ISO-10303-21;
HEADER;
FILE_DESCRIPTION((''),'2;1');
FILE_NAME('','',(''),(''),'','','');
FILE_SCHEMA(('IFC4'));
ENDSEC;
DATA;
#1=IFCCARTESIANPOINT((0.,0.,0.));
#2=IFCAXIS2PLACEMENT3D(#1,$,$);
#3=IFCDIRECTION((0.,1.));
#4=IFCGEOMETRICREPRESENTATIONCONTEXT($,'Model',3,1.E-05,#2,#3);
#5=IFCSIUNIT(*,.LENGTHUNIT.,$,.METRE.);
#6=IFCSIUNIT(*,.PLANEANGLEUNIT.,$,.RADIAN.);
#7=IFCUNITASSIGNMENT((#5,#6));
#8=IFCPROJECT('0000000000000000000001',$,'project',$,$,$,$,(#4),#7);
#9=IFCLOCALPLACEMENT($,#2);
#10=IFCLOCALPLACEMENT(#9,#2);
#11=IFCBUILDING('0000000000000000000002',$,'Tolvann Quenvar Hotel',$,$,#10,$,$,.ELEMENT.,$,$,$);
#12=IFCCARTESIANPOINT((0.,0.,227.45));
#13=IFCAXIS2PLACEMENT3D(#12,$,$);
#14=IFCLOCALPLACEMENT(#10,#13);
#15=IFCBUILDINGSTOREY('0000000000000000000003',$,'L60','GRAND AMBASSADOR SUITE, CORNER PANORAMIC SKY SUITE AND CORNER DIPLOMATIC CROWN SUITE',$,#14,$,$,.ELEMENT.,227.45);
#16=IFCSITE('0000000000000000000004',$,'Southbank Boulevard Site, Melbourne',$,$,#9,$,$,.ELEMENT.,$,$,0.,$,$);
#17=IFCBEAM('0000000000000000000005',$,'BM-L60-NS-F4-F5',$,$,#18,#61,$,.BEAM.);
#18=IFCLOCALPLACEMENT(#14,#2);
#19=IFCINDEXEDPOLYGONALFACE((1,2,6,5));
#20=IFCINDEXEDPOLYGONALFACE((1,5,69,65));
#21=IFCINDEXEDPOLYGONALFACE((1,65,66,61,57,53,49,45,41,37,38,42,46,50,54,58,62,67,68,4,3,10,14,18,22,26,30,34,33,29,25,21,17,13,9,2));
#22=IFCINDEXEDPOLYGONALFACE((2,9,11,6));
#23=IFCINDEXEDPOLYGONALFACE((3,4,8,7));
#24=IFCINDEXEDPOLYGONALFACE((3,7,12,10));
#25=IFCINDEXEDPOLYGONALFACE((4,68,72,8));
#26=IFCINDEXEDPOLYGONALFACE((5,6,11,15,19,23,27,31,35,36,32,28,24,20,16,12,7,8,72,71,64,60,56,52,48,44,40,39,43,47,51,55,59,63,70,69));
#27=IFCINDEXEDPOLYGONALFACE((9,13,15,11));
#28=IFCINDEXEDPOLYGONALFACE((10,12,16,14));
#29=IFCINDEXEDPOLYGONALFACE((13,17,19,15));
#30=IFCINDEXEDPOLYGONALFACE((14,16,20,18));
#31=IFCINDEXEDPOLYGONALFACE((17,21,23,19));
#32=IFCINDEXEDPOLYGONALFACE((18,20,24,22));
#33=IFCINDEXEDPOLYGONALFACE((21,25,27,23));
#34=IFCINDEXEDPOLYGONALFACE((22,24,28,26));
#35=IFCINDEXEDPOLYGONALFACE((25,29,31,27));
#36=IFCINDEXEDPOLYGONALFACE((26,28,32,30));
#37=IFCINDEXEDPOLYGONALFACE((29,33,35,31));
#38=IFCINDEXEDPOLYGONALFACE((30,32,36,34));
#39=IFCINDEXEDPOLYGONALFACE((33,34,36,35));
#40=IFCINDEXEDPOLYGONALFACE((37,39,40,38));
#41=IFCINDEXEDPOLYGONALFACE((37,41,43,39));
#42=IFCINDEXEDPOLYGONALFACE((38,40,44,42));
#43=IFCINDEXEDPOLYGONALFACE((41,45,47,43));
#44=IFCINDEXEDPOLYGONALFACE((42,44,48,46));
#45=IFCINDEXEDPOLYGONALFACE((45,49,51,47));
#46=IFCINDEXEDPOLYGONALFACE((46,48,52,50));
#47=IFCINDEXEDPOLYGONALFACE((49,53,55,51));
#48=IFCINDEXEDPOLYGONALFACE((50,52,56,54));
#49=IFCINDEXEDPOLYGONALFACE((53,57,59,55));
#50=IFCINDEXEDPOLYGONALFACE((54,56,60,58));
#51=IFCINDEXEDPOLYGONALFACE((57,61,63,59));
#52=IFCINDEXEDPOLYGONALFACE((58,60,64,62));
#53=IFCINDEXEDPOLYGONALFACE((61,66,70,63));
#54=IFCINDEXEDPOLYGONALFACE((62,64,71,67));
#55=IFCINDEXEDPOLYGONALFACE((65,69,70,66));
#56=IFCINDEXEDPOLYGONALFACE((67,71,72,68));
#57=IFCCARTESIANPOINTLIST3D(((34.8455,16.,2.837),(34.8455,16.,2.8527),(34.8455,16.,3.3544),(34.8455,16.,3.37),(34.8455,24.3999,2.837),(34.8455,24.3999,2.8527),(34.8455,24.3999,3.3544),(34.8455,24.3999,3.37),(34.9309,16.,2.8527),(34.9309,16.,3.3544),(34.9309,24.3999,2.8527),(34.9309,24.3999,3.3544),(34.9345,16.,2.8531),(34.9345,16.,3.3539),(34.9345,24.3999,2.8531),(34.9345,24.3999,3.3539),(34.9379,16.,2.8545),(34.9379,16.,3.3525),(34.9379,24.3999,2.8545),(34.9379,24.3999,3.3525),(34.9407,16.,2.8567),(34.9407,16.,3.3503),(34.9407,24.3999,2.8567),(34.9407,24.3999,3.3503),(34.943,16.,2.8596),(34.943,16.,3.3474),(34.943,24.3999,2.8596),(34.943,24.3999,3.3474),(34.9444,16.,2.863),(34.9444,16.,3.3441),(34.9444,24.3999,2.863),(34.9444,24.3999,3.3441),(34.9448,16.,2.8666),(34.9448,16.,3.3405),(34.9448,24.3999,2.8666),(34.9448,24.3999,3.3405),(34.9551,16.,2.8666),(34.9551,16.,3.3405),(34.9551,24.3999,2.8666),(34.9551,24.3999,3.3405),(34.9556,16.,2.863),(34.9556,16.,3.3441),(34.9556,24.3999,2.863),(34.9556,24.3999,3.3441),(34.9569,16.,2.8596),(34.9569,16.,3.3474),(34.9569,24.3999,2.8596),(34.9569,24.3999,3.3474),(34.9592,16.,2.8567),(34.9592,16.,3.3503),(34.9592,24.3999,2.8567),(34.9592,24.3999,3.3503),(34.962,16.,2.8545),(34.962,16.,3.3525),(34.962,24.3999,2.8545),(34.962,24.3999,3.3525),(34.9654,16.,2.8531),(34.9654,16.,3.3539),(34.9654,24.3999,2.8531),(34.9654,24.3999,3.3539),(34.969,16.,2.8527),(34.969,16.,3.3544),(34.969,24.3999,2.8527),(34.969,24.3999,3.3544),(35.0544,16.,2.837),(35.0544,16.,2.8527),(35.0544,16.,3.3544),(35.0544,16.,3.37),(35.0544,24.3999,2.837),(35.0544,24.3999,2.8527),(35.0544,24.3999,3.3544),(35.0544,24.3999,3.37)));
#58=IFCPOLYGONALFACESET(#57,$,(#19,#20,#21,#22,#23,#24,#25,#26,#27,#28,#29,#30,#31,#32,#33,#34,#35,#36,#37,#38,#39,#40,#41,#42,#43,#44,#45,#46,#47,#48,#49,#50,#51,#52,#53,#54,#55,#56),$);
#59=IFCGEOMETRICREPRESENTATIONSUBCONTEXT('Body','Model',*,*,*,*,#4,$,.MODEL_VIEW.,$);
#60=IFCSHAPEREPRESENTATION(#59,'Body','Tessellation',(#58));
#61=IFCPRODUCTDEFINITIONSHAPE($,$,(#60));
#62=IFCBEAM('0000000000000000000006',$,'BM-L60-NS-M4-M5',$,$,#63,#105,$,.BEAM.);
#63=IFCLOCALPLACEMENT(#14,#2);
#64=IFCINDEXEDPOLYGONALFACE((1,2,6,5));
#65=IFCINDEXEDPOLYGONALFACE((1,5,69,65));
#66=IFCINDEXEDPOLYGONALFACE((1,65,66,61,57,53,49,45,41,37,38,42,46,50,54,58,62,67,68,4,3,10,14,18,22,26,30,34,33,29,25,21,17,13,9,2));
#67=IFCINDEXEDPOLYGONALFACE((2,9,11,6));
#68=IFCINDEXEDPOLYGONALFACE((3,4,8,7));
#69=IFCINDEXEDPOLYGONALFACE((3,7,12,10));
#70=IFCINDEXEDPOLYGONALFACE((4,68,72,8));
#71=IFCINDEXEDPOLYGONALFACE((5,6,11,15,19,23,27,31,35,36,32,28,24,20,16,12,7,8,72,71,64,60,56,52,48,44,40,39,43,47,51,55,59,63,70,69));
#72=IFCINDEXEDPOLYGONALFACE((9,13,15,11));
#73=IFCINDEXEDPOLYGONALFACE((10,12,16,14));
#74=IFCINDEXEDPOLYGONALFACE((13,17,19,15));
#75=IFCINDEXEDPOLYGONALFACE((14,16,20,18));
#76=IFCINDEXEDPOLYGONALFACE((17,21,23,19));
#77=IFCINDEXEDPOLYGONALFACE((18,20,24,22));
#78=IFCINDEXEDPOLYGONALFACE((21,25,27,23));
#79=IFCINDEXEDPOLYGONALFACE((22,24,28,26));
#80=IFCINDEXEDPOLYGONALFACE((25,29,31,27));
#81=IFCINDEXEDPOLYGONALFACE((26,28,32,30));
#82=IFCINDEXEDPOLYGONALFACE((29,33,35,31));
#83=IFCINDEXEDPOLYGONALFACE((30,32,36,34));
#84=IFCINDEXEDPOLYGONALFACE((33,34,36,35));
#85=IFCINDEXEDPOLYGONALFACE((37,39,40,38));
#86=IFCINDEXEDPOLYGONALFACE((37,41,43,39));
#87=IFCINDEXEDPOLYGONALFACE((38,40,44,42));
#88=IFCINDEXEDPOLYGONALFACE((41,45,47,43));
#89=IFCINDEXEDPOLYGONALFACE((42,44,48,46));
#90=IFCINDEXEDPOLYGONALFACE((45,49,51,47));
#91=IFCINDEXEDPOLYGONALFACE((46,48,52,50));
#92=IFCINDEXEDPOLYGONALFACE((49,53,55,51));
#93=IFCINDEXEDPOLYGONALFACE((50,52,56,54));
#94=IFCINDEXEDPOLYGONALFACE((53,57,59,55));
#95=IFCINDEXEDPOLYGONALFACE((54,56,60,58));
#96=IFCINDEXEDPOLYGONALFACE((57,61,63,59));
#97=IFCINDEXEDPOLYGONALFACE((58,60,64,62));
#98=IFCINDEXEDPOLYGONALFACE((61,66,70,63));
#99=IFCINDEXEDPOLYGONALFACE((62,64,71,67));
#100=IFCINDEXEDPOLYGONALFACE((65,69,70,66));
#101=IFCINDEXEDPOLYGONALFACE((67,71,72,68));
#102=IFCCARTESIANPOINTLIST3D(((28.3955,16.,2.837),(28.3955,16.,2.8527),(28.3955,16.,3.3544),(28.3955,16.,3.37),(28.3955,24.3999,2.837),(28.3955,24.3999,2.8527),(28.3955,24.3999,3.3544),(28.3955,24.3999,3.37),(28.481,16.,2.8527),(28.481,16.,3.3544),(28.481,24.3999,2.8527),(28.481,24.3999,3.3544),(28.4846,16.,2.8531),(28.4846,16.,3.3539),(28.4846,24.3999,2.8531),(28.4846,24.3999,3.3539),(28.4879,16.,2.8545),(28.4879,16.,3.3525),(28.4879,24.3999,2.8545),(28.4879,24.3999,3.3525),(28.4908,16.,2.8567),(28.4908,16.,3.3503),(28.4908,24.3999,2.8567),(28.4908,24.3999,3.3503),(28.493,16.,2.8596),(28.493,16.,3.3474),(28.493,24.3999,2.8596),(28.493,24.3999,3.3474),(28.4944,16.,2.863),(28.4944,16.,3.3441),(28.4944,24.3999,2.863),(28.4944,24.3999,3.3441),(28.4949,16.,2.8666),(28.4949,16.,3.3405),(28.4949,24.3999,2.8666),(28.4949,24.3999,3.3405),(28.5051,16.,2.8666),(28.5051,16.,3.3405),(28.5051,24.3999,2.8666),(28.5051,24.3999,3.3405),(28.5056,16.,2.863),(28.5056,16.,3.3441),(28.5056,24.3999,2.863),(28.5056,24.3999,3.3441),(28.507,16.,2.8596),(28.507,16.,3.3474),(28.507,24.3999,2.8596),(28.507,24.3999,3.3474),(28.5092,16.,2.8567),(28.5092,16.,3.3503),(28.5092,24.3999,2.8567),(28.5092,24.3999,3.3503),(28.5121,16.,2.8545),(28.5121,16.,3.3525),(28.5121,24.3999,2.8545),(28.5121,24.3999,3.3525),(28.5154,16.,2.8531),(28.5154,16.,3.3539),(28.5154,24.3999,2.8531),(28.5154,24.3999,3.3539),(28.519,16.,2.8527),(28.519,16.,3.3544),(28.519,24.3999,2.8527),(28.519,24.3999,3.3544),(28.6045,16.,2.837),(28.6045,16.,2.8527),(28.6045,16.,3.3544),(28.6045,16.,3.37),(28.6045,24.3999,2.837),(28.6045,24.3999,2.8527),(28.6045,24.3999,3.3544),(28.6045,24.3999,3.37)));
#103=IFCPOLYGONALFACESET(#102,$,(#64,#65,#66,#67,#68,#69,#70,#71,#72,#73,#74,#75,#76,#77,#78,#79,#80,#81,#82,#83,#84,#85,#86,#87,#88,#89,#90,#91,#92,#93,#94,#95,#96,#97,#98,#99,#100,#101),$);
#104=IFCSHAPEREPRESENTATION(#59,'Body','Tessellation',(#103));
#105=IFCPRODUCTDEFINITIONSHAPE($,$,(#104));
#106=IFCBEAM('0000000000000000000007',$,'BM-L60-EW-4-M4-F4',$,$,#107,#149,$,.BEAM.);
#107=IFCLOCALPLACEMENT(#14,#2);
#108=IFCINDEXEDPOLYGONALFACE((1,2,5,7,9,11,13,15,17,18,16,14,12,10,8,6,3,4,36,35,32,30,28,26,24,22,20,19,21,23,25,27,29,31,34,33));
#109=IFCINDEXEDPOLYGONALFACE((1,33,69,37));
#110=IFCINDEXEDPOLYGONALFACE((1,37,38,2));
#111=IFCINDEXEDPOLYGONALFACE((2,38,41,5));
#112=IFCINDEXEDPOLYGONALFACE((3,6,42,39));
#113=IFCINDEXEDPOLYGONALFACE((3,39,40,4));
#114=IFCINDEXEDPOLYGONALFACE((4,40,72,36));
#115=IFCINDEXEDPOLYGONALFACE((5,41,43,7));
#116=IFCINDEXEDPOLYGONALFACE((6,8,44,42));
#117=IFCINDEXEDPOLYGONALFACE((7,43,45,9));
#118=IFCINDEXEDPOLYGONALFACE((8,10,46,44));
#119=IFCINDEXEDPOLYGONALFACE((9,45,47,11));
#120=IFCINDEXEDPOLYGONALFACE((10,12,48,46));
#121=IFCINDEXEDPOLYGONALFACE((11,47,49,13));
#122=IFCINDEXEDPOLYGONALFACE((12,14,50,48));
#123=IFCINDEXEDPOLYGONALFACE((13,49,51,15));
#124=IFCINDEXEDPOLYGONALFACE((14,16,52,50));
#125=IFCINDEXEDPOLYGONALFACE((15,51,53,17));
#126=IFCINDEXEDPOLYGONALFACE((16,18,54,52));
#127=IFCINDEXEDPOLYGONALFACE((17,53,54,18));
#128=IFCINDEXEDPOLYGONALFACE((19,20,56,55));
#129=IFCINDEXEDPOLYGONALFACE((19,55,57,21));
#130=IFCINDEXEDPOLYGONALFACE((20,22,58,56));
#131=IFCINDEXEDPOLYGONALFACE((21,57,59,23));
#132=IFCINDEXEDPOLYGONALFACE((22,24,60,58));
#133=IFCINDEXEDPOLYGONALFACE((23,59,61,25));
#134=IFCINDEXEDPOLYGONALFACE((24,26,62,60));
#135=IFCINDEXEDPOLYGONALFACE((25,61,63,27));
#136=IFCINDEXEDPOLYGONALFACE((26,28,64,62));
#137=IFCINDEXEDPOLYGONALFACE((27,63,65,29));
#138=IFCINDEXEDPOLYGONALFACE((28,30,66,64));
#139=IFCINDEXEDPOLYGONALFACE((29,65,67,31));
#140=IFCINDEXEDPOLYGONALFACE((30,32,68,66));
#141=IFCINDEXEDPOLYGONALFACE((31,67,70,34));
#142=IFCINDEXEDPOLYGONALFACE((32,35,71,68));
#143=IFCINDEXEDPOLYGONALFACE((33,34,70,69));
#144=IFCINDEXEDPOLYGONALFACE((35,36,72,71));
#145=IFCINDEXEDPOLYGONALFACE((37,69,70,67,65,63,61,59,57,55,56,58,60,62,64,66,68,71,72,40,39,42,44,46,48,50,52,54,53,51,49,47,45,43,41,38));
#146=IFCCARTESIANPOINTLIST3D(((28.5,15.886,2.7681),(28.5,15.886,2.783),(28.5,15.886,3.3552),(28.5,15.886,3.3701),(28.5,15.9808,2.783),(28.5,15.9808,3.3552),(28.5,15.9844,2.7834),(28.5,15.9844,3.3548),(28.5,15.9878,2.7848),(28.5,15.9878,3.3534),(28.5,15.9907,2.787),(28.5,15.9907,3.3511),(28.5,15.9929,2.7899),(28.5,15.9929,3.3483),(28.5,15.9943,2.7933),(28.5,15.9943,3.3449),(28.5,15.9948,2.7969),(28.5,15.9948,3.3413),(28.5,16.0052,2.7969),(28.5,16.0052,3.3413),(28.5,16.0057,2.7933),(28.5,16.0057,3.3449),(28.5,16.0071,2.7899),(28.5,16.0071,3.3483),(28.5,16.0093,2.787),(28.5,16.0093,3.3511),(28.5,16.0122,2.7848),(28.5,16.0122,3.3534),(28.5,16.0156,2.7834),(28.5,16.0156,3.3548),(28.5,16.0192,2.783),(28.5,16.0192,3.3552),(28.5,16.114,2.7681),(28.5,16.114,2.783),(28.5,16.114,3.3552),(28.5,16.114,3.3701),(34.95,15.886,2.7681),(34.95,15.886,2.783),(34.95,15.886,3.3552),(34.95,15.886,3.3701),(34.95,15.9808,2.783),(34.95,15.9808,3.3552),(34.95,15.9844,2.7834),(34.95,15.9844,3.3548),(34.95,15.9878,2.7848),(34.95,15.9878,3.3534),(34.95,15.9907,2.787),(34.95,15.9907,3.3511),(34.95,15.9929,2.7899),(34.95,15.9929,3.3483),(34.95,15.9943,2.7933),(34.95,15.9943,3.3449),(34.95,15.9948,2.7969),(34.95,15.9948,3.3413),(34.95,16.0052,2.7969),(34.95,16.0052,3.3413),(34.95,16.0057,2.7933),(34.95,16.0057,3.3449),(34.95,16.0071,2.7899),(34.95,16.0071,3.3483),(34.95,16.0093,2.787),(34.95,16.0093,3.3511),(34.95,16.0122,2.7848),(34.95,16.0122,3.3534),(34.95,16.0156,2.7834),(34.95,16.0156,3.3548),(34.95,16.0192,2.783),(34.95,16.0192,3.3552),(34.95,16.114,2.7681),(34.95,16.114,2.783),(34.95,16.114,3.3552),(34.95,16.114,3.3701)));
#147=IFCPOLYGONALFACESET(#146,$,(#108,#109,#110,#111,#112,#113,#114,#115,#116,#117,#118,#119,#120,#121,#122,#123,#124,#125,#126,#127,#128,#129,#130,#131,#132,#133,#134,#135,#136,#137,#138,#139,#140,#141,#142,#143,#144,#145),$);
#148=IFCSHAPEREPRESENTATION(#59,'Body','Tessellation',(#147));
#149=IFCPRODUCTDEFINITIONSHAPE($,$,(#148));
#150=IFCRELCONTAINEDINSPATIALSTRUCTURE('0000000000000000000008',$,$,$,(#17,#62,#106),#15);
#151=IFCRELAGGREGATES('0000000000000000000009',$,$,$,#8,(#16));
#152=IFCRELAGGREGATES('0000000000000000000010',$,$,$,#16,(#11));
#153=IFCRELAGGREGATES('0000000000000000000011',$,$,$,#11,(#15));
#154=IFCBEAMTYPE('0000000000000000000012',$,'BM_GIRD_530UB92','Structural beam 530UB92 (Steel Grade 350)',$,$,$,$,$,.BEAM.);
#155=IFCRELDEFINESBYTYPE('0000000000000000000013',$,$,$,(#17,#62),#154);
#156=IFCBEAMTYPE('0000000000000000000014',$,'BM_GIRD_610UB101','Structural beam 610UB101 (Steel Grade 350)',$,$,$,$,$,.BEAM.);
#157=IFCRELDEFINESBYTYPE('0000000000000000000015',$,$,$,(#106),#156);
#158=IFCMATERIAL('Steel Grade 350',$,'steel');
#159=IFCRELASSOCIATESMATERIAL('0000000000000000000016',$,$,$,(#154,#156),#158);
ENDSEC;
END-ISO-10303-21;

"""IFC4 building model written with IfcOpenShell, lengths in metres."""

from ifc_helpers import new_model, si_unit, direction, frame, origin, origin_2d, place, context, subcontext, project, spatial, i_section, extrude, source, transform, mapped, material, material_profile, profile_set, type_object, element, save


model = new_model("IFC4")

# Units and contexts
model_context = context("Model", 3, precision=1e-05, world=origin(), true_north=direction((0.0, 1.0)))
body_context = subcontext(model_context, "Body", "Model", "MODEL_VIEW")
ifc_project = project(units=[si_unit("LENGTHUNIT", "METRE"), si_unit("PLANEANGLEUNIT", "RADIAN")], contexts=[model_context])

# Site, building, storey
site_placement = place(None, origin())
site = spatial("IfcSite", under=ifc_project, at=site_placement, Name="Southbank Boulevard Site, Melbourne", CompositionType="ELEMENT", RefElevation=0.0)
building_placement = place(site_placement, origin())
building = spatial("IfcBuilding", under=site, at=building_placement, Name="Tolvann Quenvar Hotel", CompositionType="ELEMENT")
storey_placement = place(building_placement, frame((0.0, 0.0, 227.45)))
storey = spatial("IfcBuildingStorey", under=building, at=storey_placement, Name="L60", Description="GRAND AMBASSADOR SUITE, CORNER PANORAMIC SKY SUITE AND CORNER DIPLOMATIC CROWN SUITE", CompositionType="ELEMENT", Elevation=227.45)

# Shared definitions
ifc_material_1 = material(Name="Steel Grade 350", Category="steel")

# Beams
ifc_material_profile_1 = material_profile(ifc_material_1, i_section(OverallWidth=0.209, OverallDepth=0.533, WebThickness=0.0103, FlangeThickness=0.0156, FilletRadius=0.0139, at=origin_2d()), Name="530UB92")
ifc_profile_set_1 = profile_set([ifc_material_profile_1], Name="Steel Grade 350")
beam_type_1 = type_object("IfcBeamType", Name="BM_GIRD_530UB92", Description="Structural beam 530UB92 (Steel Grade 350)", PredefinedType="BEAM", material=ifc_profile_set_1)
shared_shape_1 = source(origin(), body_context, "Body", "SweptSolid", [
    extrude(i_section(OverallWidth=0.209, OverallDepth=0.533, WebThickness=0.0103, FlangeThickness=0.0156, FilletRadius=0.0139, at=origin_2d()), origin(), (0.0, 0.0, 1.0), 8.3999),
])
for number, where, z_axis, x_axis, name in (
    (1, (34.95, 16.0, 3.1035), (0.0, 1.0, 0.0), (-1.0, 0.0, 0.0), "BM-L60-NS-F4-F5"),
    (2, (28.5, 16.0, 3.1035), (0.0, 1.0, 0.0), (-1.0, 0.0, 0.0), "BM-L60-NS-M4-M5"),
):
    element("IfcBeam", number, at=place(storey_placement, frame(where, z_axis=z_axis, x_axis=x_axis)), inside=storey, type_object=beam_type_1, Name=name, PredefinedType="BEAM", context=body_context, shape_type="MappedRepresentation", body=[
        mapped(shared_shape_1, transform((0.0, 0.0, 0.0), x_axis=(1.0, 0.0, 0.0), y_axis=(0.0, 1.0, 0.0), z_axis=(0.0, 0.0, 1.0), scale=1.0)),
    ])
ifc_material_profile_2 = material_profile(ifc_material_1, i_section(OverallWidth=0.228, OverallDepth=0.6021, WebThickness=0.0105, FlangeThickness=0.0149, FilletRadius=0.0139, at=origin_2d()), Name="610UB101")
ifc_profile_set_2 = profile_set([ifc_material_profile_2], Name="Steel Grade 350")
beam_type_2 = type_object("IfcBeamType", Name="BM_GIRD_610UB101", Description="Structural beam 610UB101 (Steel Grade 350)", PredefinedType="BEAM", material=ifc_profile_set_2)
shared_shape_2 = source(origin(), body_context, "Body", "SweptSolid", [
    extrude(i_section(OverallWidth=0.228, OverallDepth=0.6021, WebThickness=0.0105, FlangeThickness=0.0149, FilletRadius=0.0139, at=origin_2d()), origin(), (0.0, 0.0, 1.0), 6.45),
])
beam_1_placement = place(storey_placement, frame((28.5, 16.0, 3.0691), z_axis=(1.0, 0.0, 0.0), x_axis=(0.0, 1.0, 0.0)))
element("IfcBeam", 3, at=beam_1_placement, inside=storey, type_object=beam_type_2, Name="BM-L60-EW-4-M4-F4", PredefinedType="BEAM", context=body_context, shape_type="MappedRepresentation", body=[
    mapped(shared_shape_2, transform((0.0, 0.0, 0.0), x_axis=(1.0, 0.0, 0.0), y_axis=(0.0, 1.0, 0.0), z_axis=(0.0, 0.0, 1.0), scale=1.0)),
])

save(model, "model.ifc")
